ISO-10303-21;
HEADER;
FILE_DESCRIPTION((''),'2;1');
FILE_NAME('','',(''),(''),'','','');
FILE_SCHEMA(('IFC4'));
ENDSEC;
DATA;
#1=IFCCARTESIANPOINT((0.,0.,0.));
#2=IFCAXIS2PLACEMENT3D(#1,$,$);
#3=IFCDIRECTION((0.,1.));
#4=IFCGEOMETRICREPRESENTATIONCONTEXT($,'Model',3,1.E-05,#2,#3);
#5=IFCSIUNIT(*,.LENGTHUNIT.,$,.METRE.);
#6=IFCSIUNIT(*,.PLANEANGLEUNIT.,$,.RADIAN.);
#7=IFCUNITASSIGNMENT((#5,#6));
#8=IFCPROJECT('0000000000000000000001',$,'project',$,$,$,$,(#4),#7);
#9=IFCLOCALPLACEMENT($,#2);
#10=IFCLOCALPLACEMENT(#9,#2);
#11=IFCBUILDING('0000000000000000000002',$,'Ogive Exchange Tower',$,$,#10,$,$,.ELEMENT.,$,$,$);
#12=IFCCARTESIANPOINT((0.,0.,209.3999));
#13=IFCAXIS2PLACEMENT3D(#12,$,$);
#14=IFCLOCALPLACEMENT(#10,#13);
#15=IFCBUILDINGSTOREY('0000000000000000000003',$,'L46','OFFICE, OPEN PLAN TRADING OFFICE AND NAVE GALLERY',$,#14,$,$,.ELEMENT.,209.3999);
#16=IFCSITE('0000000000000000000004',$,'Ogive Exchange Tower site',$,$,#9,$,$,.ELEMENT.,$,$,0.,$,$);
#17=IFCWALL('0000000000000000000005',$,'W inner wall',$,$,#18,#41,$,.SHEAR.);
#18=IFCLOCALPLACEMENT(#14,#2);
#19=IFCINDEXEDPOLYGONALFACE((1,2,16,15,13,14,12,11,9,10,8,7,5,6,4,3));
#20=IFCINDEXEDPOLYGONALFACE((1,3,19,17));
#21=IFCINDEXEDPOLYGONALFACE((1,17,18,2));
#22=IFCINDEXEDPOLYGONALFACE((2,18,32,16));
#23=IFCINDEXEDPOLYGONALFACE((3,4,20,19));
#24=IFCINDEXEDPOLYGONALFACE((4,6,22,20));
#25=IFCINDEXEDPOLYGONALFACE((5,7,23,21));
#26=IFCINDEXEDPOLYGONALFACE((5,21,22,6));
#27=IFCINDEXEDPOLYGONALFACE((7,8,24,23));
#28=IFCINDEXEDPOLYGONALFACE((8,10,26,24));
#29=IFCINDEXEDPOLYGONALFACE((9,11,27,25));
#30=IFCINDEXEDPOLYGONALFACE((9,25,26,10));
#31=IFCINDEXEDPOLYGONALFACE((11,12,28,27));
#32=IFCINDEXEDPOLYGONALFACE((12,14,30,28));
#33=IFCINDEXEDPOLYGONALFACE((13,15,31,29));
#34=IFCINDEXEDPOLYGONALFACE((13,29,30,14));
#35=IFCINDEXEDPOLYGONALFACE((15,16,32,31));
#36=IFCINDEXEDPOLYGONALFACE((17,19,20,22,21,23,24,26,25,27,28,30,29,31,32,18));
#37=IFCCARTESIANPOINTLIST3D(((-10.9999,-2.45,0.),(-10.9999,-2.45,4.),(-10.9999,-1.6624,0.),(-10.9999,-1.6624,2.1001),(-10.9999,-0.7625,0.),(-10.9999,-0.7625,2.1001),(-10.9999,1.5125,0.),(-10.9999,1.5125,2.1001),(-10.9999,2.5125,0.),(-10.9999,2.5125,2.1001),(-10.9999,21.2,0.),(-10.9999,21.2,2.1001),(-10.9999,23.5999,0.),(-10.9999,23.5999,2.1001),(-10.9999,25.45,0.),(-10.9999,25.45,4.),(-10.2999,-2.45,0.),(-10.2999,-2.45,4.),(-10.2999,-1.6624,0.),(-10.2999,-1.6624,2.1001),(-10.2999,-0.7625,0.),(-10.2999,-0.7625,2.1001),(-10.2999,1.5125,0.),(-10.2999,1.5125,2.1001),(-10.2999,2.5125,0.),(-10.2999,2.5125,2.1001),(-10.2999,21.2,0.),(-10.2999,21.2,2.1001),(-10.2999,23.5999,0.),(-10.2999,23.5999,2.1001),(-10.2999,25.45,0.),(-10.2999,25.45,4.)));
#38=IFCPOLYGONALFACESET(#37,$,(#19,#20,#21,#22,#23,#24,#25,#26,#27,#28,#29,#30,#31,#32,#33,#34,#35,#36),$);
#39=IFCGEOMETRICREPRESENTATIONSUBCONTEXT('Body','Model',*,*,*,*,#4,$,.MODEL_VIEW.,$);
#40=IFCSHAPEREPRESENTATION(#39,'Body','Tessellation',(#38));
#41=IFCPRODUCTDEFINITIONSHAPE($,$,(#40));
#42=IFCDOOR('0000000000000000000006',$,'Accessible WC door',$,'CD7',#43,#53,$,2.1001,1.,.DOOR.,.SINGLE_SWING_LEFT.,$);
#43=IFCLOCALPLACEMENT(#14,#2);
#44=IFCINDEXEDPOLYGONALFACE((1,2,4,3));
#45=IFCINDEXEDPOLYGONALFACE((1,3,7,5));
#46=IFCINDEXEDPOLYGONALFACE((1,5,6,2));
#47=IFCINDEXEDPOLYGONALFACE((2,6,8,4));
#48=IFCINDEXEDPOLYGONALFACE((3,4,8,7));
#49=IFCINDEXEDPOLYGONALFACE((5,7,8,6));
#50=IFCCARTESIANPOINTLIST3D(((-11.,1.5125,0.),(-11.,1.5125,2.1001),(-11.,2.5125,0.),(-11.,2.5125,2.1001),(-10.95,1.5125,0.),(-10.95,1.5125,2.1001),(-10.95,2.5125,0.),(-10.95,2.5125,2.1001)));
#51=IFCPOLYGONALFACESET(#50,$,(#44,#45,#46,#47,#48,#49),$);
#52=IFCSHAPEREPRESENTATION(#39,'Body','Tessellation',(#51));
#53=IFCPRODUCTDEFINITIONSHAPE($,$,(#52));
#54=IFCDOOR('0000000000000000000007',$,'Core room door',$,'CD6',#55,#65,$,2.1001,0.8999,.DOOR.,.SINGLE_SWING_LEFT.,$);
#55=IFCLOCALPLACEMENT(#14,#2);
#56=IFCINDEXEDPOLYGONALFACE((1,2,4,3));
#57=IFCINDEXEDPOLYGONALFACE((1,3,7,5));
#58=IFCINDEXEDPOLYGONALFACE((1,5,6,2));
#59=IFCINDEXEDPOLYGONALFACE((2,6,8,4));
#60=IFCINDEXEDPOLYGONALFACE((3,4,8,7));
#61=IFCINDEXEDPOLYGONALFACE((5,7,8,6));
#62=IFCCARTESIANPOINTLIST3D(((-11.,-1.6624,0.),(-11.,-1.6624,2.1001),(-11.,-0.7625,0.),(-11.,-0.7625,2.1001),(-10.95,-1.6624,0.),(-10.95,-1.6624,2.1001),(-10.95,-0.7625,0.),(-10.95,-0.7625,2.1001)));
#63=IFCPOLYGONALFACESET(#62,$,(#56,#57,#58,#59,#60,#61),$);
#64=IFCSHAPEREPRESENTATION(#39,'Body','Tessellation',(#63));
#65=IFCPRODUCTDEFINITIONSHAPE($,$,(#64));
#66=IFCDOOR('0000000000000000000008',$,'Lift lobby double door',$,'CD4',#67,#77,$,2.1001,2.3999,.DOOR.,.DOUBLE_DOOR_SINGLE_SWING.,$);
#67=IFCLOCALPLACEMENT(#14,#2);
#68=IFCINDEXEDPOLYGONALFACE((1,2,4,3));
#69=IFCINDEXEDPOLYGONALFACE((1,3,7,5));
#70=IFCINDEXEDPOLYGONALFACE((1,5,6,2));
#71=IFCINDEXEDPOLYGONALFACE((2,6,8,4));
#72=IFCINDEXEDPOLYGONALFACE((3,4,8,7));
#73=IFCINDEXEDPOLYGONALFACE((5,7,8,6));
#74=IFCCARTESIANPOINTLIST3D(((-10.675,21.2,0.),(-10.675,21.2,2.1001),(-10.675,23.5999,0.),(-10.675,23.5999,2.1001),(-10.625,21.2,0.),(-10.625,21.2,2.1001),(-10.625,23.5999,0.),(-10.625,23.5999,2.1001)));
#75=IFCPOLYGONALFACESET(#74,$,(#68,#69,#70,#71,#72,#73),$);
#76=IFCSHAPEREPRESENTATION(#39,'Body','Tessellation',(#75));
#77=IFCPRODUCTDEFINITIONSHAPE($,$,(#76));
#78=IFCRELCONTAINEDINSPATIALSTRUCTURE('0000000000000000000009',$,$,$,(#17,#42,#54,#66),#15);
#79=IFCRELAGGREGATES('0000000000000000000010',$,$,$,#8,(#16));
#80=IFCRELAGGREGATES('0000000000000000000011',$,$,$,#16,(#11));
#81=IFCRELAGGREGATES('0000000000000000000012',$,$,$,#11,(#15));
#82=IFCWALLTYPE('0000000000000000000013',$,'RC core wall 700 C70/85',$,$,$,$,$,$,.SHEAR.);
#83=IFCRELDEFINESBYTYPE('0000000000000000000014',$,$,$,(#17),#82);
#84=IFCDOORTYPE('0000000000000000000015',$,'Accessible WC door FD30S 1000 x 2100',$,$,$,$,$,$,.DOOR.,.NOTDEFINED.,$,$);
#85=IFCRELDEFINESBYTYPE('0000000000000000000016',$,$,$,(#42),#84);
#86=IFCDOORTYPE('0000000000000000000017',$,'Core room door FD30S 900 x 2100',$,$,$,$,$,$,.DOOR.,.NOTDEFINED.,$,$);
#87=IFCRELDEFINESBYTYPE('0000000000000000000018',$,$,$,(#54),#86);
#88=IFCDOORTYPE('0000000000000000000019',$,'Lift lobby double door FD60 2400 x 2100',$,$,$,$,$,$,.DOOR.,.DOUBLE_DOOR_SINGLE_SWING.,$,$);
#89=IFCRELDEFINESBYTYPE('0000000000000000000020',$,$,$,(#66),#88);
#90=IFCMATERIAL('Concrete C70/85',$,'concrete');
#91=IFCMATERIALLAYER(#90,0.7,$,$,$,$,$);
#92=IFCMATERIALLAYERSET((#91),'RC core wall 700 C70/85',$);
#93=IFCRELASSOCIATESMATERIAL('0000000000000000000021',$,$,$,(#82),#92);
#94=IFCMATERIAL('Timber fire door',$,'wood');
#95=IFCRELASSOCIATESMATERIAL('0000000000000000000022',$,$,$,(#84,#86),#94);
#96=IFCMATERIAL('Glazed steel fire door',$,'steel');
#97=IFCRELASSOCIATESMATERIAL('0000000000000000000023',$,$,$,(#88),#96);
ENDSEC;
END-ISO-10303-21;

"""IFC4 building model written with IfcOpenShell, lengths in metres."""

from ifc_helpers import new_model, si_unit, direction, frame, frame_2d, origin, place, context, subcontext, project, spatial, rectangle, extrude, material, layer, layer_set, type_object, element, fill, save


model = new_model("IFC4")

# Units and contexts
model_context = context("Model", 3, precision=1e-05, world=origin(), true_north=direction((0.0, 1.0)))
body_context = subcontext(model_context, "Body", "Model", "MODEL_VIEW")
ifc_project = project(units=[si_unit("LENGTHUNIT", "METRE"), si_unit("PLANEANGLEUNIT", "RADIAN")], contexts=[model_context])

# Site, building, storey
site_placement = place(None, origin())
site = spatial("IfcSite", under=ifc_project, at=site_placement, Name="Ogive Exchange Tower site", CompositionType="ELEMENT", RefElevation=0.0)
building_placement = place(site_placement, origin())
building = spatial("IfcBuilding", under=site, at=building_placement, Name="Ogive Exchange Tower", CompositionType="ELEMENT")
storey_placement = place(building_placement, frame((0.0, 0.0, 209.3999)))
storey = spatial("IfcBuildingStorey", under=building, at=storey_placement, Name="L46", Description="OFFICE, OPEN PLAN TRADING OFFICE AND NAVE GALLERY", CompositionType="ELEMENT", Elevation=209.3999)

# Shared definitions
ifc_material_1 = material(Name="Concrete C70/85", Category="concrete")

# Wall, openings, doors
ifc_layer_1 = layer(ifc_material_1, 0.7)
ifc_layer_set_1 = layer_set([ifc_layer_1], Name="RC core wall 700 C70/85")
wall_type_1 = type_object("IfcWallType", Name="RC core wall 700 C70/85", PredefinedType="SHEAR", material=ifc_layer_set_1)
wall_1_placement = place(storey_placement, frame((-10.6499, -2.45, 0.0), z_axis=(0.0, 0.0, 1.0), x_axis=(0.0, 1.0, 0.0)))
wall_1 = element("IfcWall", 1, at=wall_1_placement, inside=storey, type_object=wall_type_1, Name="W inner wall", PredefinedType="SHEAR", context=body_context, shape_type="SweptSolid", body=[
    extrude(rectangle(XDim=27.8999, YDim=0.7, at=frame_2d((13.95, 0.0))), origin(), (0.0, 0.0, 1.0), 4.0),
])
opening_1_placement = place(wall_1_placement, frame((23.6499, 0.0, 0.0)))
opening_1 = element("IfcOpeningElement", 2, at=opening_1_placement, cuts=wall_1, PredefinedType="OPENING", context=body_context, shape_type="SweptSolid", body=[
    extrude(rectangle(XDim=2.3999, YDim=2.1001, at=frame_2d((1.2, 1.05))), frame((0.0, 0.3599, 0.0), z_axis=(0.0, -1.0, 0.0), x_axis=(1.0, 0.0, 0.0)), (0.0, 0.0, 1.0), 0.72),
])
opening_2_placement = place(wall_1_placement, frame((0.7876, 0.0, 0.0)))
opening_2 = element("IfcOpeningElement", 3, at=opening_2_placement, cuts=wall_1, PredefinedType="OPENING", context=body_context, shape_type="SweptSolid", body=[
    extrude(rectangle(XDim=0.8999, YDim=2.1001, at=frame_2d((0.45, 1.05))), frame((0.0, 0.3599, 0.0), z_axis=(0.0, -1.0, 0.0), x_axis=(1.0, 0.0, 0.0)), (0.0, 0.0, 1.0), 0.72),
])
opening_3_placement = place(wall_1_placement, frame((3.9624, 0.0, 0.0)))
opening_3 = element("IfcOpeningElement", 4, at=opening_3_placement, cuts=wall_1, PredefinedType="OPENING", context=body_context, shape_type="SweptSolid", body=[
    extrude(rectangle(XDim=1.0, YDim=2.1001, at=frame_2d((0.5, 1.05))), frame((0.0, 0.3599, 0.0), z_axis=(0.0, -1.0, 0.0), x_axis=(1.0, 0.0, 0.0)), (0.0, 0.0, 1.0), 0.72),
])
ifc_material_2 = material(Name="Timber fire door", Category="wood")
door_type_1 = type_object("IfcDoorType", Name="Accessible WC door FD30S 1000 x 2100", OperationType="NOTDEFINED", PredefinedType="DOOR", material=ifc_material_2)
door_1_placement = place(opening_3_placement, origin())
door_1 = element("IfcDoor", 5, at=door_1_placement, inside=storey, type_object=door_type_1, Name="Accessible WC door", ObjectType="CD7", OperationType="SINGLE_SWING_LEFT", OverallHeight=2.1001, OverallWidth=1.0, PredefinedType="DOOR", context=body_context, shape_type="SweptSolid", body=[
    extrude(rectangle(XDim=1.0, YDim=2.1001, at=frame_2d((0.5, 1.05))), frame((0.0, 0.3501, 0.0), z_axis=(0.0, -1.0, 0.0), x_axis=(1.0, 0.0, 0.0)), (0.0, 0.0, 1.0), 0.05),
])
fill(opening_3, door_1)
door_type_2 = type_object("IfcDoorType", Name="Core room door FD30S 900 x 2100", OperationType="NOTDEFINED", PredefinedType="DOOR", material=ifc_material_2)
door_2_placement = place(opening_2_placement, origin())
door_2 = element("IfcDoor", 6, at=door_2_placement, inside=storey, type_object=door_type_2, Name="Core room door", ObjectType="CD6", OperationType="SINGLE_SWING_LEFT", OverallHeight=2.1001, OverallWidth=0.8999, PredefinedType="DOOR", context=body_context, shape_type="SweptSolid", body=[
    extrude(rectangle(XDim=0.8999, YDim=2.1001, at=frame_2d((0.45, 1.05))), frame((0.0, 0.3501, 0.0), z_axis=(0.0, -1.0, 0.0), x_axis=(1.0, 0.0, 0.0)), (0.0, 0.0, 1.0), 0.05),
])
fill(opening_2, door_2)
ifc_material_3 = material(Name="Glazed steel fire door", Category="steel")
door_type_3 = type_object("IfcDoorType", Name="Lift lobby double door FD60 2400 x 2100", OperationType="DOUBLE_DOOR_SINGLE_SWING", PredefinedType="DOOR", material=ifc_material_3)
door_3_placement = place(opening_1_placement, frame((2.3999, 0.0, 0.0), z_axis=(0.0, 0.0, 1.0), x_axis=(-1.0, 0.0, 0.0)))
door_3 = element("IfcDoor", 7, at=door_3_placement, inside=storey, type_object=door_type_3, Name="Lift lobby double door", ObjectType="CD4", OperationType="DOUBLE_DOOR_SINGLE_SWING", OverallHeight=2.1001, OverallWidth=2.3999, PredefinedType="DOOR", context=body_context, shape_type="SweptSolid", body=[
    extrude(rectangle(XDim=2.3999, YDim=2.1001, at=frame_2d((1.2, 1.05))), frame((0.0, 0.0249, 0.0), z_axis=(0.0, -1.0, 0.0), x_axis=(1.0, 0.0, 0.0)), (0.0, 0.0, 1.0), 0.05),
])
fill(opening_1, door_3)

save(model, "model.ifc")
